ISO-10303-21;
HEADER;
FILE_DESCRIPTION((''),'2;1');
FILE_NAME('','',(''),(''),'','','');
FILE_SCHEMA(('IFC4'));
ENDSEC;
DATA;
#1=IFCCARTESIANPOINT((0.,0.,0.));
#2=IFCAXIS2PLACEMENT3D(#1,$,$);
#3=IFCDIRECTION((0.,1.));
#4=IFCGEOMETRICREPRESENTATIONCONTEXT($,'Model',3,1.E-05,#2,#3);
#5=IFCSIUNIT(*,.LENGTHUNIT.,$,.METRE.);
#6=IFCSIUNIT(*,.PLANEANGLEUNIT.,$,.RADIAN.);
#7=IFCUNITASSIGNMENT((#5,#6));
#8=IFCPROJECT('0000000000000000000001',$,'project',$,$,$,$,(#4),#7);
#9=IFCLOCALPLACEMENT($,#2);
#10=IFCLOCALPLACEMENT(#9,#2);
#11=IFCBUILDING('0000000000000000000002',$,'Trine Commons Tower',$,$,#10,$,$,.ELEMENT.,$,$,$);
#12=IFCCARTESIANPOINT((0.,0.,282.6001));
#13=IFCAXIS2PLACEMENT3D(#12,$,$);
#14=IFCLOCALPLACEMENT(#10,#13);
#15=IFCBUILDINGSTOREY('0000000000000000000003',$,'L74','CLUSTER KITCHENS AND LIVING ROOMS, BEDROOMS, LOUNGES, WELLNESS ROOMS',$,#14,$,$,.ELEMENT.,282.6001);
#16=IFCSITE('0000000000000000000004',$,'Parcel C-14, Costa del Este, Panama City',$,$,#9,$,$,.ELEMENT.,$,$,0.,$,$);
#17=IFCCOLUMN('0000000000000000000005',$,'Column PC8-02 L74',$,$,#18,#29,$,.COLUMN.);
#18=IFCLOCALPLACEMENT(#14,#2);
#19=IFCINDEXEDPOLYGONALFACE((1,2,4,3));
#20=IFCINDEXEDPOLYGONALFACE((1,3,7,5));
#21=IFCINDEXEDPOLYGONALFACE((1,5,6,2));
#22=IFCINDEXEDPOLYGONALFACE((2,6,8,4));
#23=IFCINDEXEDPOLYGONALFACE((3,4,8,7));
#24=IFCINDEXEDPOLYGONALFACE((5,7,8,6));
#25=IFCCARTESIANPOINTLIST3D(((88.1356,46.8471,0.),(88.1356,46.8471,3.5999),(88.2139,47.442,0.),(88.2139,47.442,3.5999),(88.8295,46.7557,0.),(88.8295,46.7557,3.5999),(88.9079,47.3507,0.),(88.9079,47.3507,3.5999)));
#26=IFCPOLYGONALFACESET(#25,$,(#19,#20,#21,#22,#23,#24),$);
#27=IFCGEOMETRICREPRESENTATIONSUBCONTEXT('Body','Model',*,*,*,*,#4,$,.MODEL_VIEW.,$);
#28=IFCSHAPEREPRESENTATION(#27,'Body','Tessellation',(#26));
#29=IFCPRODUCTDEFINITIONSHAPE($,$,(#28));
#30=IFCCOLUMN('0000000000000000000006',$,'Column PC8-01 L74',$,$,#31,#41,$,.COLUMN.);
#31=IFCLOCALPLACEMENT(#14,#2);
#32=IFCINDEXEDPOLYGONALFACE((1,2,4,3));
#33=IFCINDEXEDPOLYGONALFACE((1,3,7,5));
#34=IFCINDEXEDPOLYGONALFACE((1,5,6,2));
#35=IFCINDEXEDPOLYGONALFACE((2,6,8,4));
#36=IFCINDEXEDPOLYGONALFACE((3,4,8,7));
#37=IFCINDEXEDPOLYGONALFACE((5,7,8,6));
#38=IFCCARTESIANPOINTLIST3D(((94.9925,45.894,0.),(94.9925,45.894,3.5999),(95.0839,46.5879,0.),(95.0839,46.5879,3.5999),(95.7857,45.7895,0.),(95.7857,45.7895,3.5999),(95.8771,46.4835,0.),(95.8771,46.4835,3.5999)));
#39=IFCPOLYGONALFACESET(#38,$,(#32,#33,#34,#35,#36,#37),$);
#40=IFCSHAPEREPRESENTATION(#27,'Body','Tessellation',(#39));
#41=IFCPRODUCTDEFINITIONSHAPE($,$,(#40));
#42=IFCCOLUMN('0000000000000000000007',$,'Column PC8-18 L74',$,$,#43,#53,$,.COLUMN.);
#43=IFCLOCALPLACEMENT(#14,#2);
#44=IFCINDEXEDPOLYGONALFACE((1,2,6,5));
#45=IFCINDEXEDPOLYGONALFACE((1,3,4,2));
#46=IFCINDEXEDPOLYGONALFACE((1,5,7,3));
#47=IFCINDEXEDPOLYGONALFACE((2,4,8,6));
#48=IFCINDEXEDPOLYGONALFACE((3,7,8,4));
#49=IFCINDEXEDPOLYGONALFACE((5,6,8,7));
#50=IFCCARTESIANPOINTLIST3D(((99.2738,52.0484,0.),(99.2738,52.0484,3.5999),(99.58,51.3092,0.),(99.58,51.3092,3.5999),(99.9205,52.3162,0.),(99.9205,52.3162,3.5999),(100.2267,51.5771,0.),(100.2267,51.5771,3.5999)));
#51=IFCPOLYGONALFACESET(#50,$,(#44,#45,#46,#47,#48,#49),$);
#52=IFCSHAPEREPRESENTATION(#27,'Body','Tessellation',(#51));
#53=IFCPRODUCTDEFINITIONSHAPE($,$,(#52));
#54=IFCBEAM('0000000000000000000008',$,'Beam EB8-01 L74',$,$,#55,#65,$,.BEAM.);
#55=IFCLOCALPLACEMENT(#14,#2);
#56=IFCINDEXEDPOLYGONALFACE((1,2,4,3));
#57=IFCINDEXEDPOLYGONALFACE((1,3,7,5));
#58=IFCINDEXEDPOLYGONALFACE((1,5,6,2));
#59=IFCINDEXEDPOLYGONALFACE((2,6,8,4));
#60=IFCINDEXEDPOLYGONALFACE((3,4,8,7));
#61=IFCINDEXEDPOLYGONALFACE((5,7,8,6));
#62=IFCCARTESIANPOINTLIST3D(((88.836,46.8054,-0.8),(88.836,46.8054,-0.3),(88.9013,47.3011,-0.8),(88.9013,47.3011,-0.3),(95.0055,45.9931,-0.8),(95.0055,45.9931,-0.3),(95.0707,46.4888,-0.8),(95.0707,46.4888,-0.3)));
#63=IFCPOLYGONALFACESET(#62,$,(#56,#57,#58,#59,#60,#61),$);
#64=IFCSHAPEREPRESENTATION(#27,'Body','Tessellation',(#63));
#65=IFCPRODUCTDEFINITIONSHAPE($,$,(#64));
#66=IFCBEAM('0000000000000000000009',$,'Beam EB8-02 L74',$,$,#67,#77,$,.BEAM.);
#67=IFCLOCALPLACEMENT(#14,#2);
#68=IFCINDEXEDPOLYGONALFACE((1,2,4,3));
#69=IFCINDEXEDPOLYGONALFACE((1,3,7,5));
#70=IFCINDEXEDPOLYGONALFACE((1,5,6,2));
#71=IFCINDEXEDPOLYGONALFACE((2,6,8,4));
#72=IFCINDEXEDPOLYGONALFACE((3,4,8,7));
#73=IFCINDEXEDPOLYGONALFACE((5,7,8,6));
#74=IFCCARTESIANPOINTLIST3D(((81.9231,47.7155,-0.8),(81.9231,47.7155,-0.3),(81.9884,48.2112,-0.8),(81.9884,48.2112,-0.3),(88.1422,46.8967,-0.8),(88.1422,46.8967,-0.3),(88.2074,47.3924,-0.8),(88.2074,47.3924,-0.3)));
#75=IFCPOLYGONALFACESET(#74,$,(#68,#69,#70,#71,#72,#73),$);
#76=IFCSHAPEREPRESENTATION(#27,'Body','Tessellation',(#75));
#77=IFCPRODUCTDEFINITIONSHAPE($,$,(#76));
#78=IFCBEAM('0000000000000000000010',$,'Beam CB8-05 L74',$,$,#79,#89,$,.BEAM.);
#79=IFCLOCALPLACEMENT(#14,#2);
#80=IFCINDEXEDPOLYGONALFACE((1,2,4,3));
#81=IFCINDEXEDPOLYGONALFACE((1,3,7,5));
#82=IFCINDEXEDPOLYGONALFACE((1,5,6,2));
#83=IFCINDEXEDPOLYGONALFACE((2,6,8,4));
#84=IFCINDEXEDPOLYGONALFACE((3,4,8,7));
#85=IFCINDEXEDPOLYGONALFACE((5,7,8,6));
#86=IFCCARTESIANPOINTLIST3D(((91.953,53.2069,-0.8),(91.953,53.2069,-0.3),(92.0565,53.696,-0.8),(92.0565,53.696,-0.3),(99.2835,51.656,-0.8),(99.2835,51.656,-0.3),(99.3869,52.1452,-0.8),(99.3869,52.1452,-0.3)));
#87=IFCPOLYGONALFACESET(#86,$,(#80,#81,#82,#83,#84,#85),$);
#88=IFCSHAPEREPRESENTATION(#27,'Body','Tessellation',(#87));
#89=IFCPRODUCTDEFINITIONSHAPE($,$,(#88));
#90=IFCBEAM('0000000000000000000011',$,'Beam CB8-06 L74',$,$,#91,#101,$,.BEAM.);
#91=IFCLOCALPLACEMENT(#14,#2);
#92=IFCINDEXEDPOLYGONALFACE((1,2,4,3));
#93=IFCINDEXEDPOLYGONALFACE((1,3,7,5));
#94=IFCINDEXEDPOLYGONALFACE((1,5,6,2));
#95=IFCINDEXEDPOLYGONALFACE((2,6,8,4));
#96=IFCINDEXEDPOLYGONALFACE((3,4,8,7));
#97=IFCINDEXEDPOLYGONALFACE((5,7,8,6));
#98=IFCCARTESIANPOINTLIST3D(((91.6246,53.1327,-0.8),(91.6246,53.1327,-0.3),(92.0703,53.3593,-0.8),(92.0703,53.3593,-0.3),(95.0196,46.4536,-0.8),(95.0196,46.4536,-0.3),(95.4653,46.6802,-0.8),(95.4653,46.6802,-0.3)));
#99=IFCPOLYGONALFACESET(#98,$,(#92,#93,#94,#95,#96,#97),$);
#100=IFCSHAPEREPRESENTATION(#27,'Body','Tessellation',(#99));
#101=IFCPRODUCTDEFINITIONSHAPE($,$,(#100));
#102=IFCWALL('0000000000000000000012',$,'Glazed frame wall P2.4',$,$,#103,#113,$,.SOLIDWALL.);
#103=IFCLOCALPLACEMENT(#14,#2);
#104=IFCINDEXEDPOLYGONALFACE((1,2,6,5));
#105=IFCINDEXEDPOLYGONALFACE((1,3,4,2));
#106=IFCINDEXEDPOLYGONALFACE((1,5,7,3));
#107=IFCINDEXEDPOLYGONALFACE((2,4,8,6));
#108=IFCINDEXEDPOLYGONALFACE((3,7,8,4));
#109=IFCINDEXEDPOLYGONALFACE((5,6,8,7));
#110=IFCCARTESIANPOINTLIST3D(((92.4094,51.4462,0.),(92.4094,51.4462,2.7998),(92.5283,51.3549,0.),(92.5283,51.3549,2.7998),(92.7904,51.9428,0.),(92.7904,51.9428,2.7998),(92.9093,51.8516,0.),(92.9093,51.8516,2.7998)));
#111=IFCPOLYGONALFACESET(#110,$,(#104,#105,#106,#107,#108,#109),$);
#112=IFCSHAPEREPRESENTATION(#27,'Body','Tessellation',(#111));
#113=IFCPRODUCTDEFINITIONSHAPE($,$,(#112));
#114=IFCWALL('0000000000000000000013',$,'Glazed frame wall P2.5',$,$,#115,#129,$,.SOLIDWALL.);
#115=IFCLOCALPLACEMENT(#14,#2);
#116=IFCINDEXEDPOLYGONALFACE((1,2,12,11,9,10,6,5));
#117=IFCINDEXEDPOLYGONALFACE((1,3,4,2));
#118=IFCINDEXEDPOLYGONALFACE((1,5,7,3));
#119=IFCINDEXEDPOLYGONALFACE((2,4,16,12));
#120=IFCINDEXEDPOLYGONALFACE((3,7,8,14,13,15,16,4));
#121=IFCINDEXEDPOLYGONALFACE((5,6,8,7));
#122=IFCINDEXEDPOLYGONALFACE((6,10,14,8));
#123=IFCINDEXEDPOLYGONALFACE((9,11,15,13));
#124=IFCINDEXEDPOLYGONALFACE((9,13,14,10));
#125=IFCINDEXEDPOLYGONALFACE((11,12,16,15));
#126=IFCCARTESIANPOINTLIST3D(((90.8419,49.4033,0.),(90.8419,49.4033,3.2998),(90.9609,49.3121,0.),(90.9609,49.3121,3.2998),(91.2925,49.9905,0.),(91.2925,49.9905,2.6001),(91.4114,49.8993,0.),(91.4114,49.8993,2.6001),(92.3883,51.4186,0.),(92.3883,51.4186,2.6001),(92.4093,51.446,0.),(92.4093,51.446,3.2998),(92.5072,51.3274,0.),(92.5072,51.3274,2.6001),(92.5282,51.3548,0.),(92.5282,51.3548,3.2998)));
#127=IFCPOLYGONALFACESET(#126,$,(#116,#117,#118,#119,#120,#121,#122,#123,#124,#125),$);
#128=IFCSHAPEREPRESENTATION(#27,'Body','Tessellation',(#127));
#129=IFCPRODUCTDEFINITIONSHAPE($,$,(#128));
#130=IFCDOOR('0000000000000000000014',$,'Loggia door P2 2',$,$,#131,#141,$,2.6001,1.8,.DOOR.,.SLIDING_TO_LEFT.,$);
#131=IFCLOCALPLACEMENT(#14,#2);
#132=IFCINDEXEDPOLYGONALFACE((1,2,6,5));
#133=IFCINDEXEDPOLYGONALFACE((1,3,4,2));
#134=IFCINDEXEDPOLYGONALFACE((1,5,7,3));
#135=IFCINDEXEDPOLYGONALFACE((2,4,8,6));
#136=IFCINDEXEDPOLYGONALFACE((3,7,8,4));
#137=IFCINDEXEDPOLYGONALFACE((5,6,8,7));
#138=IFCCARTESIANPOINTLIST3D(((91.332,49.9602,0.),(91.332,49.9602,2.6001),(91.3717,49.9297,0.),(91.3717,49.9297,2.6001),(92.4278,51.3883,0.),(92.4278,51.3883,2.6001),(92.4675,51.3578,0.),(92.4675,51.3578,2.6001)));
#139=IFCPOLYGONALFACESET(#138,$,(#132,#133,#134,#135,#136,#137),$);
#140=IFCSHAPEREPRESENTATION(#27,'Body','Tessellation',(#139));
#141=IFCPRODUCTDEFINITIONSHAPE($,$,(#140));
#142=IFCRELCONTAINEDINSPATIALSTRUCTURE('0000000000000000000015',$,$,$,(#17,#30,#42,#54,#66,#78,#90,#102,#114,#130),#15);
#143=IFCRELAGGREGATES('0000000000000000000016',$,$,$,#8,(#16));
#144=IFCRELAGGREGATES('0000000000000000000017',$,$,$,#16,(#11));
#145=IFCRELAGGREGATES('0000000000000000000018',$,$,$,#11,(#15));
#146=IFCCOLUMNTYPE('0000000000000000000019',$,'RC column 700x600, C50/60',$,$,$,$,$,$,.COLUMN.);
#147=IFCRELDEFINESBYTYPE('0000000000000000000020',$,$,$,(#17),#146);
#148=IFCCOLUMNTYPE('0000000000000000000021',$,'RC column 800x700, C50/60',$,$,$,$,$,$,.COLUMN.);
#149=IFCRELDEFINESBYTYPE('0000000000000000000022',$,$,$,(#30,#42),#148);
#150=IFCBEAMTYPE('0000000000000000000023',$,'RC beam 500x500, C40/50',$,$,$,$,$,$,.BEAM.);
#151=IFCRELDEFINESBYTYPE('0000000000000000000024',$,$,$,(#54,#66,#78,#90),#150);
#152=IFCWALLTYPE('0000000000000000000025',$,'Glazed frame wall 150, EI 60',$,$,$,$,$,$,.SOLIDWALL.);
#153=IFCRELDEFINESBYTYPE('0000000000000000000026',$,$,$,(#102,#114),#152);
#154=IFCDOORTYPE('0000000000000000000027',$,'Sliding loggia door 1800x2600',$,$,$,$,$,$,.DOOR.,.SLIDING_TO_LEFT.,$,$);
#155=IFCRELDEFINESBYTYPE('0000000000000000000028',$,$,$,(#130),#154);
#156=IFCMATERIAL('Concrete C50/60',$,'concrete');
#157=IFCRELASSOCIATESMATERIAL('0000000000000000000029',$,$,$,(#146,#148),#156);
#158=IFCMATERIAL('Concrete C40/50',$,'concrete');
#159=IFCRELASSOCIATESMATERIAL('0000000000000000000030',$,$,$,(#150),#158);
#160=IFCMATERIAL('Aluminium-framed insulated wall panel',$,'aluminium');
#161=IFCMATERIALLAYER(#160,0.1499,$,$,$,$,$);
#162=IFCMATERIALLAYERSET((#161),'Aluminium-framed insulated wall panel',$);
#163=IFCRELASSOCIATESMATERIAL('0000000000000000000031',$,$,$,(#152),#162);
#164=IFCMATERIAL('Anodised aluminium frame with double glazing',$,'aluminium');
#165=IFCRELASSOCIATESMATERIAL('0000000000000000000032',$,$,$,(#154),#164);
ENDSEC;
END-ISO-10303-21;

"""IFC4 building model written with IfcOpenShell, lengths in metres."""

from ifc_helpers import new_model, si_unit, direction, frame, frame_2d, origin, origin_2d, place, context, subcontext, project, spatial, polyline, rectangle, outline, extrude, material, layer, layer_set, material_profile, profile_set, type_object, element, fill, save


model = new_model("IFC4")

# Units and contexts
model_context = context("Model", 3, precision=1e-05, world=origin(), true_north=direction((0.0, 1.0)))
body_context = subcontext(model_context, "Body", "Model", "MODEL_VIEW")
ifc_project = project(units=[si_unit("LENGTHUNIT", "METRE"), si_unit("PLANEANGLEUNIT", "RADIAN")], contexts=[model_context])

# Site, building, storey
site_placement = place(None, origin())
site = spatial("IfcSite", under=ifc_project, at=site_placement, Name="Parcel C-14, Costa del Este, Panama City", CompositionType="ELEMENT", RefElevation=0.0)
building_placement = place(site_placement, origin())
building = spatial("IfcBuilding", under=site, at=building_placement, Name="Trine Commons Tower", CompositionType="ELEMENT")
storey_placement = place(building_placement, frame((0.0, 0.0, 282.6001)))
storey = spatial("IfcBuildingStorey", under=building, at=storey_placement, Name="L74", Description="CLUSTER KITCHENS AND LIVING ROOMS, BEDROOMS, LOUNGES, WELLNESS ROOMS", CompositionType="ELEMENT", Elevation=282.6001)

# Columns
ifc_material_1 = material(Name="Concrete C50/60", Category="concrete")
ifc_material_profile_1 = material_profile(ifc_material_1, rectangle(XDim=0.7, YDim=0.6001, at=origin_2d()), Name="RC 700x600")
ifc_profile_set_1 = profile_set([ifc_material_profile_1], Name="Concrete C50/60")
column_type_1 = type_object("IfcColumnType", Name="RC column 700x600, C50/60", PredefinedType="COLUMN", material=ifc_profile_set_1)
column_placement = place(storey_placement, frame((88.5217, 47.0989, 0.0), z_axis=(0.0, 0.0, 1.0), x_axis=(-0.991445, 0.130526, 0.0)))
element("IfcColumn", 1, at=column_placement, inside=storey, type_object=column_type_1, Name="Column PC8-02 L74", PredefinedType="COLUMN", context=body_context, shape_type="SweptSolid", body=[
    extrude(rectangle(XDim=0.7, YDim=0.6001, at=origin_2d()), origin(), (0.0, 0.0, 1.0), 3.5999),
])
ifc_material_profile_2 = material_profile(ifc_material_1, rectangle(XDim=0.8, YDim=0.7, at=origin_2d()), Name="RC 800x700")
ifc_profile_set_2 = profile_set([ifc_material_profile_2], Name="Concrete C50/60")
column_type_2 = type_object("IfcColumnType", Name="RC column 800x700, C50/60", PredefinedType="COLUMN", material=ifc_profile_set_2)
for number, where, z_axis, x_axis, name in (
    (2, (95.4348, 46.1887, 0.0), (0.0, 0.0, 1.0), (-0.991445, 0.130526, 0.0), "Column PC8-01 L74"),
    (3, (99.7502, 51.8127, 0.0), (0.0, 0.0, 1.0), (-0.382683, 0.92388, 0.0), "Column PC8-18 L74"),
):
    element("IfcColumn", number, at=place(storey_placement, frame(where, z_axis=z_axis, x_axis=x_axis)), inside=storey, type_object=column_type_2, Name=name, PredefinedType="COLUMN", context=body_context, shape_type="SweptSolid", body=[
        extrude(rectangle(XDim=0.8, YDim=0.7, at=origin_2d()), origin(), (0.0, 0.0, 1.0), 3.5999),
    ])

# Beams
ifc_material_2 = material(Name="Concrete C40/50", Category="concrete")
ifc_material_profile_3 = material_profile(ifc_material_2, rectangle(XDim=0.5, YDim=0.5, at=origin_2d()), Name="RC 500x500")
ifc_profile_set_3 = profile_set([ifc_material_profile_3], Name="Concrete C40/50")
beam_type = type_object("IfcBeamType", Name="RC beam 500x500, C40/50", PredefinedType="BEAM", material=ifc_profile_set_3)
beam_1_placement = place(storey_placement, frame((95.0381, 46.241, -0.55), z_axis=(-0.991444, 0.130532, 0.0), x_axis=(-0.130532, -0.991444, 0.0)))
element("IfcBeam", 4, at=beam_1_placement, inside=storey, type_object=beam_type, Name="Beam EB8-01 L74", PredefinedType="BEAM", context=body_context, shape_type="SweptSolid", body=[
    extrude(rectangle(XDim=0.5, YDim=0.5, at=origin_2d()), origin(), (0.0, 0.0, 1.0), 6.2227),
])
beam_2_placement = place(storey_placement, frame((88.1748, 47.1445, -0.55), z_axis=(-0.991443, 0.130542, 0.0), x_axis=(-0.130542, -0.991443, 0.0)))
element("IfcBeam", 5, at=beam_2_placement, inside=storey, type_object=beam_type, Name="Beam EB8-02 L74", PredefinedType="BEAM", context=body_context, shape_type="SweptSolid", body=[
    extrude(rectangle(XDim=0.5, YDim=0.5, at=origin_2d()), origin(), (0.0, 0.0, 1.0), 6.2727),
])
beam_3_placement = place(storey_placement, frame((99.3352, 51.9006, -0.55), z_axis=(-0.978346, 0.206976, 0.0), x_axis=(-0.206976, -0.978346, 0.0)))
element("IfcBeam", 6, at=beam_3_placement, inside=storey, type_object=beam_type, Name="Beam CB8-05 L74", PredefinedType="BEAM", context=body_context, shape_type="SweptSolid", body=[
    extrude(rectangle(XDim=0.5, YDim=0.5, at=origin_2d()), origin(), (0.0, 0.0, 1.0), 7.4927),
])
beam_4_placement = place(storey_placement, frame((95.2424, 46.5669, -0.55), z_axis=(-0.453121, 0.891449, 0.0), x_axis=(-0.891449, -0.453121, 0.0)))
element("IfcBeam", 7, at=beam_4_placement, inside=storey, type_object=beam_type, Name="Beam CB8-06 L74", PredefinedType="BEAM", context=body_context, shape_type="SweptSolid", body=[
    extrude(rectangle(XDim=0.5, YDim=0.5, at=origin_2d()), origin(), (0.0, 0.0, 1.0), 7.4924),
])

# Wall
ifc_material_3 = material(Name="Aluminium-framed insulated wall panel", Category="aluminium")
ifc_layer_1 = layer(ifc_material_3, 0.1499)
ifc_layer_set_1 = layer_set([ifc_layer_1], Name="Aluminium-framed insulated wall panel")
wall_type_1 = type_object("IfcWallType", Name="Glazed frame wall 150, EI 60", PredefinedType="SOLIDWALL", material=ifc_layer_set_1)
wall_1_placement = place(storey_placement, frame((92.8499, 51.8972, 0.0), z_axis=(0.0, 0.0, 1.0), x_axis=(-0.608636, -0.793449, 0.0)))
element("IfcWall", 8, at=wall_1_placement, inside=storey, type_object=wall_type_1, Name="Glazed frame wall P2.4", PredefinedType="SOLIDWALL", context=body_context, shape_type="SweptSolid", body=[
    extrude(outline(polyline([(0.0, -0.075), (0.626, -0.075), (0.626, 0.075), (0.0, 0.075), (0.0, -0.075)])), origin(), (0.0, 0.0, 1.0), 2.7998),
])

# Wall, opening, door
wall_2_placement = place(storey_placement, frame((92.4688, 51.4004, 0.0), z_axis=(0.0, 0.0, 1.0), x_axis=(-0.608752, -0.79336, 0.0)))
wall_2 = element("IfcWall", 9, at=wall_2_placement, inside=storey, type_object=wall_type_1, Name="Glazed frame wall P2.5", PredefinedType="SOLIDWALL", context=body_context, shape_type="SweptSolid", body=[
    extrude(outline(polyline([(2.5747, 0.075), (0.0, 0.075), (0.0, -0.075), (2.5747, -0.075), (2.5747, 0.075)])), origin(), (0.0, 0.0, 1.0), 3.2998),
])
opening_1_placement = place(wall_2_placement, frame((0.0347, 0.0, 0.0)))
opening_1 = element("IfcOpeningElement", 10, at=opening_1_placement, cuts=wall_2, PredefinedType="OPENING", context=body_context, shape_type="SweptSolid", body=[
    extrude(rectangle(XDim=1.8, YDim=2.6001, at=frame_2d((0.8999, 1.3))), frame((0.0, 0.085, 0.0), z_axis=(0.0, -1.0, 0.0), x_axis=(1.0, 0.0, 0.0)), (0.0, 0.0, 1.0), 0.1699),
])
ifc_material_4 = material(Name="Anodised aluminium frame with double glazing", Category="aluminium")
door_type = type_object("IfcDoorType", Name="Sliding loggia door 1800x2600", OperationType="SLIDING_TO_LEFT", PredefinedType="DOOR", material=ifc_material_4)
door_1_placement = place(opening_1_placement, origin())
door_1 = element("IfcDoor", 11, at=door_1_placement, inside=storey, type_object=door_type, Name="Loggia door P2 2", OperationType="SLIDING_TO_LEFT", OverallHeight=2.6001, OverallWidth=1.8, PredefinedType="DOOR", context=body_context, shape_type="SweptSolid", body=[
    extrude(rectangle(XDim=1.8, YDim=2.6001, at=frame_2d((0.8999, 1.3))), frame((0.0, 0.0249, 0.0), z_axis=(0.0, -1.0, 0.0), x_axis=(1.0, 0.0, 0.0)), (0.0, 0.0, 1.0), 0.05),
])
fill(opening_1, door_1)

save(model, "model.ifc")
